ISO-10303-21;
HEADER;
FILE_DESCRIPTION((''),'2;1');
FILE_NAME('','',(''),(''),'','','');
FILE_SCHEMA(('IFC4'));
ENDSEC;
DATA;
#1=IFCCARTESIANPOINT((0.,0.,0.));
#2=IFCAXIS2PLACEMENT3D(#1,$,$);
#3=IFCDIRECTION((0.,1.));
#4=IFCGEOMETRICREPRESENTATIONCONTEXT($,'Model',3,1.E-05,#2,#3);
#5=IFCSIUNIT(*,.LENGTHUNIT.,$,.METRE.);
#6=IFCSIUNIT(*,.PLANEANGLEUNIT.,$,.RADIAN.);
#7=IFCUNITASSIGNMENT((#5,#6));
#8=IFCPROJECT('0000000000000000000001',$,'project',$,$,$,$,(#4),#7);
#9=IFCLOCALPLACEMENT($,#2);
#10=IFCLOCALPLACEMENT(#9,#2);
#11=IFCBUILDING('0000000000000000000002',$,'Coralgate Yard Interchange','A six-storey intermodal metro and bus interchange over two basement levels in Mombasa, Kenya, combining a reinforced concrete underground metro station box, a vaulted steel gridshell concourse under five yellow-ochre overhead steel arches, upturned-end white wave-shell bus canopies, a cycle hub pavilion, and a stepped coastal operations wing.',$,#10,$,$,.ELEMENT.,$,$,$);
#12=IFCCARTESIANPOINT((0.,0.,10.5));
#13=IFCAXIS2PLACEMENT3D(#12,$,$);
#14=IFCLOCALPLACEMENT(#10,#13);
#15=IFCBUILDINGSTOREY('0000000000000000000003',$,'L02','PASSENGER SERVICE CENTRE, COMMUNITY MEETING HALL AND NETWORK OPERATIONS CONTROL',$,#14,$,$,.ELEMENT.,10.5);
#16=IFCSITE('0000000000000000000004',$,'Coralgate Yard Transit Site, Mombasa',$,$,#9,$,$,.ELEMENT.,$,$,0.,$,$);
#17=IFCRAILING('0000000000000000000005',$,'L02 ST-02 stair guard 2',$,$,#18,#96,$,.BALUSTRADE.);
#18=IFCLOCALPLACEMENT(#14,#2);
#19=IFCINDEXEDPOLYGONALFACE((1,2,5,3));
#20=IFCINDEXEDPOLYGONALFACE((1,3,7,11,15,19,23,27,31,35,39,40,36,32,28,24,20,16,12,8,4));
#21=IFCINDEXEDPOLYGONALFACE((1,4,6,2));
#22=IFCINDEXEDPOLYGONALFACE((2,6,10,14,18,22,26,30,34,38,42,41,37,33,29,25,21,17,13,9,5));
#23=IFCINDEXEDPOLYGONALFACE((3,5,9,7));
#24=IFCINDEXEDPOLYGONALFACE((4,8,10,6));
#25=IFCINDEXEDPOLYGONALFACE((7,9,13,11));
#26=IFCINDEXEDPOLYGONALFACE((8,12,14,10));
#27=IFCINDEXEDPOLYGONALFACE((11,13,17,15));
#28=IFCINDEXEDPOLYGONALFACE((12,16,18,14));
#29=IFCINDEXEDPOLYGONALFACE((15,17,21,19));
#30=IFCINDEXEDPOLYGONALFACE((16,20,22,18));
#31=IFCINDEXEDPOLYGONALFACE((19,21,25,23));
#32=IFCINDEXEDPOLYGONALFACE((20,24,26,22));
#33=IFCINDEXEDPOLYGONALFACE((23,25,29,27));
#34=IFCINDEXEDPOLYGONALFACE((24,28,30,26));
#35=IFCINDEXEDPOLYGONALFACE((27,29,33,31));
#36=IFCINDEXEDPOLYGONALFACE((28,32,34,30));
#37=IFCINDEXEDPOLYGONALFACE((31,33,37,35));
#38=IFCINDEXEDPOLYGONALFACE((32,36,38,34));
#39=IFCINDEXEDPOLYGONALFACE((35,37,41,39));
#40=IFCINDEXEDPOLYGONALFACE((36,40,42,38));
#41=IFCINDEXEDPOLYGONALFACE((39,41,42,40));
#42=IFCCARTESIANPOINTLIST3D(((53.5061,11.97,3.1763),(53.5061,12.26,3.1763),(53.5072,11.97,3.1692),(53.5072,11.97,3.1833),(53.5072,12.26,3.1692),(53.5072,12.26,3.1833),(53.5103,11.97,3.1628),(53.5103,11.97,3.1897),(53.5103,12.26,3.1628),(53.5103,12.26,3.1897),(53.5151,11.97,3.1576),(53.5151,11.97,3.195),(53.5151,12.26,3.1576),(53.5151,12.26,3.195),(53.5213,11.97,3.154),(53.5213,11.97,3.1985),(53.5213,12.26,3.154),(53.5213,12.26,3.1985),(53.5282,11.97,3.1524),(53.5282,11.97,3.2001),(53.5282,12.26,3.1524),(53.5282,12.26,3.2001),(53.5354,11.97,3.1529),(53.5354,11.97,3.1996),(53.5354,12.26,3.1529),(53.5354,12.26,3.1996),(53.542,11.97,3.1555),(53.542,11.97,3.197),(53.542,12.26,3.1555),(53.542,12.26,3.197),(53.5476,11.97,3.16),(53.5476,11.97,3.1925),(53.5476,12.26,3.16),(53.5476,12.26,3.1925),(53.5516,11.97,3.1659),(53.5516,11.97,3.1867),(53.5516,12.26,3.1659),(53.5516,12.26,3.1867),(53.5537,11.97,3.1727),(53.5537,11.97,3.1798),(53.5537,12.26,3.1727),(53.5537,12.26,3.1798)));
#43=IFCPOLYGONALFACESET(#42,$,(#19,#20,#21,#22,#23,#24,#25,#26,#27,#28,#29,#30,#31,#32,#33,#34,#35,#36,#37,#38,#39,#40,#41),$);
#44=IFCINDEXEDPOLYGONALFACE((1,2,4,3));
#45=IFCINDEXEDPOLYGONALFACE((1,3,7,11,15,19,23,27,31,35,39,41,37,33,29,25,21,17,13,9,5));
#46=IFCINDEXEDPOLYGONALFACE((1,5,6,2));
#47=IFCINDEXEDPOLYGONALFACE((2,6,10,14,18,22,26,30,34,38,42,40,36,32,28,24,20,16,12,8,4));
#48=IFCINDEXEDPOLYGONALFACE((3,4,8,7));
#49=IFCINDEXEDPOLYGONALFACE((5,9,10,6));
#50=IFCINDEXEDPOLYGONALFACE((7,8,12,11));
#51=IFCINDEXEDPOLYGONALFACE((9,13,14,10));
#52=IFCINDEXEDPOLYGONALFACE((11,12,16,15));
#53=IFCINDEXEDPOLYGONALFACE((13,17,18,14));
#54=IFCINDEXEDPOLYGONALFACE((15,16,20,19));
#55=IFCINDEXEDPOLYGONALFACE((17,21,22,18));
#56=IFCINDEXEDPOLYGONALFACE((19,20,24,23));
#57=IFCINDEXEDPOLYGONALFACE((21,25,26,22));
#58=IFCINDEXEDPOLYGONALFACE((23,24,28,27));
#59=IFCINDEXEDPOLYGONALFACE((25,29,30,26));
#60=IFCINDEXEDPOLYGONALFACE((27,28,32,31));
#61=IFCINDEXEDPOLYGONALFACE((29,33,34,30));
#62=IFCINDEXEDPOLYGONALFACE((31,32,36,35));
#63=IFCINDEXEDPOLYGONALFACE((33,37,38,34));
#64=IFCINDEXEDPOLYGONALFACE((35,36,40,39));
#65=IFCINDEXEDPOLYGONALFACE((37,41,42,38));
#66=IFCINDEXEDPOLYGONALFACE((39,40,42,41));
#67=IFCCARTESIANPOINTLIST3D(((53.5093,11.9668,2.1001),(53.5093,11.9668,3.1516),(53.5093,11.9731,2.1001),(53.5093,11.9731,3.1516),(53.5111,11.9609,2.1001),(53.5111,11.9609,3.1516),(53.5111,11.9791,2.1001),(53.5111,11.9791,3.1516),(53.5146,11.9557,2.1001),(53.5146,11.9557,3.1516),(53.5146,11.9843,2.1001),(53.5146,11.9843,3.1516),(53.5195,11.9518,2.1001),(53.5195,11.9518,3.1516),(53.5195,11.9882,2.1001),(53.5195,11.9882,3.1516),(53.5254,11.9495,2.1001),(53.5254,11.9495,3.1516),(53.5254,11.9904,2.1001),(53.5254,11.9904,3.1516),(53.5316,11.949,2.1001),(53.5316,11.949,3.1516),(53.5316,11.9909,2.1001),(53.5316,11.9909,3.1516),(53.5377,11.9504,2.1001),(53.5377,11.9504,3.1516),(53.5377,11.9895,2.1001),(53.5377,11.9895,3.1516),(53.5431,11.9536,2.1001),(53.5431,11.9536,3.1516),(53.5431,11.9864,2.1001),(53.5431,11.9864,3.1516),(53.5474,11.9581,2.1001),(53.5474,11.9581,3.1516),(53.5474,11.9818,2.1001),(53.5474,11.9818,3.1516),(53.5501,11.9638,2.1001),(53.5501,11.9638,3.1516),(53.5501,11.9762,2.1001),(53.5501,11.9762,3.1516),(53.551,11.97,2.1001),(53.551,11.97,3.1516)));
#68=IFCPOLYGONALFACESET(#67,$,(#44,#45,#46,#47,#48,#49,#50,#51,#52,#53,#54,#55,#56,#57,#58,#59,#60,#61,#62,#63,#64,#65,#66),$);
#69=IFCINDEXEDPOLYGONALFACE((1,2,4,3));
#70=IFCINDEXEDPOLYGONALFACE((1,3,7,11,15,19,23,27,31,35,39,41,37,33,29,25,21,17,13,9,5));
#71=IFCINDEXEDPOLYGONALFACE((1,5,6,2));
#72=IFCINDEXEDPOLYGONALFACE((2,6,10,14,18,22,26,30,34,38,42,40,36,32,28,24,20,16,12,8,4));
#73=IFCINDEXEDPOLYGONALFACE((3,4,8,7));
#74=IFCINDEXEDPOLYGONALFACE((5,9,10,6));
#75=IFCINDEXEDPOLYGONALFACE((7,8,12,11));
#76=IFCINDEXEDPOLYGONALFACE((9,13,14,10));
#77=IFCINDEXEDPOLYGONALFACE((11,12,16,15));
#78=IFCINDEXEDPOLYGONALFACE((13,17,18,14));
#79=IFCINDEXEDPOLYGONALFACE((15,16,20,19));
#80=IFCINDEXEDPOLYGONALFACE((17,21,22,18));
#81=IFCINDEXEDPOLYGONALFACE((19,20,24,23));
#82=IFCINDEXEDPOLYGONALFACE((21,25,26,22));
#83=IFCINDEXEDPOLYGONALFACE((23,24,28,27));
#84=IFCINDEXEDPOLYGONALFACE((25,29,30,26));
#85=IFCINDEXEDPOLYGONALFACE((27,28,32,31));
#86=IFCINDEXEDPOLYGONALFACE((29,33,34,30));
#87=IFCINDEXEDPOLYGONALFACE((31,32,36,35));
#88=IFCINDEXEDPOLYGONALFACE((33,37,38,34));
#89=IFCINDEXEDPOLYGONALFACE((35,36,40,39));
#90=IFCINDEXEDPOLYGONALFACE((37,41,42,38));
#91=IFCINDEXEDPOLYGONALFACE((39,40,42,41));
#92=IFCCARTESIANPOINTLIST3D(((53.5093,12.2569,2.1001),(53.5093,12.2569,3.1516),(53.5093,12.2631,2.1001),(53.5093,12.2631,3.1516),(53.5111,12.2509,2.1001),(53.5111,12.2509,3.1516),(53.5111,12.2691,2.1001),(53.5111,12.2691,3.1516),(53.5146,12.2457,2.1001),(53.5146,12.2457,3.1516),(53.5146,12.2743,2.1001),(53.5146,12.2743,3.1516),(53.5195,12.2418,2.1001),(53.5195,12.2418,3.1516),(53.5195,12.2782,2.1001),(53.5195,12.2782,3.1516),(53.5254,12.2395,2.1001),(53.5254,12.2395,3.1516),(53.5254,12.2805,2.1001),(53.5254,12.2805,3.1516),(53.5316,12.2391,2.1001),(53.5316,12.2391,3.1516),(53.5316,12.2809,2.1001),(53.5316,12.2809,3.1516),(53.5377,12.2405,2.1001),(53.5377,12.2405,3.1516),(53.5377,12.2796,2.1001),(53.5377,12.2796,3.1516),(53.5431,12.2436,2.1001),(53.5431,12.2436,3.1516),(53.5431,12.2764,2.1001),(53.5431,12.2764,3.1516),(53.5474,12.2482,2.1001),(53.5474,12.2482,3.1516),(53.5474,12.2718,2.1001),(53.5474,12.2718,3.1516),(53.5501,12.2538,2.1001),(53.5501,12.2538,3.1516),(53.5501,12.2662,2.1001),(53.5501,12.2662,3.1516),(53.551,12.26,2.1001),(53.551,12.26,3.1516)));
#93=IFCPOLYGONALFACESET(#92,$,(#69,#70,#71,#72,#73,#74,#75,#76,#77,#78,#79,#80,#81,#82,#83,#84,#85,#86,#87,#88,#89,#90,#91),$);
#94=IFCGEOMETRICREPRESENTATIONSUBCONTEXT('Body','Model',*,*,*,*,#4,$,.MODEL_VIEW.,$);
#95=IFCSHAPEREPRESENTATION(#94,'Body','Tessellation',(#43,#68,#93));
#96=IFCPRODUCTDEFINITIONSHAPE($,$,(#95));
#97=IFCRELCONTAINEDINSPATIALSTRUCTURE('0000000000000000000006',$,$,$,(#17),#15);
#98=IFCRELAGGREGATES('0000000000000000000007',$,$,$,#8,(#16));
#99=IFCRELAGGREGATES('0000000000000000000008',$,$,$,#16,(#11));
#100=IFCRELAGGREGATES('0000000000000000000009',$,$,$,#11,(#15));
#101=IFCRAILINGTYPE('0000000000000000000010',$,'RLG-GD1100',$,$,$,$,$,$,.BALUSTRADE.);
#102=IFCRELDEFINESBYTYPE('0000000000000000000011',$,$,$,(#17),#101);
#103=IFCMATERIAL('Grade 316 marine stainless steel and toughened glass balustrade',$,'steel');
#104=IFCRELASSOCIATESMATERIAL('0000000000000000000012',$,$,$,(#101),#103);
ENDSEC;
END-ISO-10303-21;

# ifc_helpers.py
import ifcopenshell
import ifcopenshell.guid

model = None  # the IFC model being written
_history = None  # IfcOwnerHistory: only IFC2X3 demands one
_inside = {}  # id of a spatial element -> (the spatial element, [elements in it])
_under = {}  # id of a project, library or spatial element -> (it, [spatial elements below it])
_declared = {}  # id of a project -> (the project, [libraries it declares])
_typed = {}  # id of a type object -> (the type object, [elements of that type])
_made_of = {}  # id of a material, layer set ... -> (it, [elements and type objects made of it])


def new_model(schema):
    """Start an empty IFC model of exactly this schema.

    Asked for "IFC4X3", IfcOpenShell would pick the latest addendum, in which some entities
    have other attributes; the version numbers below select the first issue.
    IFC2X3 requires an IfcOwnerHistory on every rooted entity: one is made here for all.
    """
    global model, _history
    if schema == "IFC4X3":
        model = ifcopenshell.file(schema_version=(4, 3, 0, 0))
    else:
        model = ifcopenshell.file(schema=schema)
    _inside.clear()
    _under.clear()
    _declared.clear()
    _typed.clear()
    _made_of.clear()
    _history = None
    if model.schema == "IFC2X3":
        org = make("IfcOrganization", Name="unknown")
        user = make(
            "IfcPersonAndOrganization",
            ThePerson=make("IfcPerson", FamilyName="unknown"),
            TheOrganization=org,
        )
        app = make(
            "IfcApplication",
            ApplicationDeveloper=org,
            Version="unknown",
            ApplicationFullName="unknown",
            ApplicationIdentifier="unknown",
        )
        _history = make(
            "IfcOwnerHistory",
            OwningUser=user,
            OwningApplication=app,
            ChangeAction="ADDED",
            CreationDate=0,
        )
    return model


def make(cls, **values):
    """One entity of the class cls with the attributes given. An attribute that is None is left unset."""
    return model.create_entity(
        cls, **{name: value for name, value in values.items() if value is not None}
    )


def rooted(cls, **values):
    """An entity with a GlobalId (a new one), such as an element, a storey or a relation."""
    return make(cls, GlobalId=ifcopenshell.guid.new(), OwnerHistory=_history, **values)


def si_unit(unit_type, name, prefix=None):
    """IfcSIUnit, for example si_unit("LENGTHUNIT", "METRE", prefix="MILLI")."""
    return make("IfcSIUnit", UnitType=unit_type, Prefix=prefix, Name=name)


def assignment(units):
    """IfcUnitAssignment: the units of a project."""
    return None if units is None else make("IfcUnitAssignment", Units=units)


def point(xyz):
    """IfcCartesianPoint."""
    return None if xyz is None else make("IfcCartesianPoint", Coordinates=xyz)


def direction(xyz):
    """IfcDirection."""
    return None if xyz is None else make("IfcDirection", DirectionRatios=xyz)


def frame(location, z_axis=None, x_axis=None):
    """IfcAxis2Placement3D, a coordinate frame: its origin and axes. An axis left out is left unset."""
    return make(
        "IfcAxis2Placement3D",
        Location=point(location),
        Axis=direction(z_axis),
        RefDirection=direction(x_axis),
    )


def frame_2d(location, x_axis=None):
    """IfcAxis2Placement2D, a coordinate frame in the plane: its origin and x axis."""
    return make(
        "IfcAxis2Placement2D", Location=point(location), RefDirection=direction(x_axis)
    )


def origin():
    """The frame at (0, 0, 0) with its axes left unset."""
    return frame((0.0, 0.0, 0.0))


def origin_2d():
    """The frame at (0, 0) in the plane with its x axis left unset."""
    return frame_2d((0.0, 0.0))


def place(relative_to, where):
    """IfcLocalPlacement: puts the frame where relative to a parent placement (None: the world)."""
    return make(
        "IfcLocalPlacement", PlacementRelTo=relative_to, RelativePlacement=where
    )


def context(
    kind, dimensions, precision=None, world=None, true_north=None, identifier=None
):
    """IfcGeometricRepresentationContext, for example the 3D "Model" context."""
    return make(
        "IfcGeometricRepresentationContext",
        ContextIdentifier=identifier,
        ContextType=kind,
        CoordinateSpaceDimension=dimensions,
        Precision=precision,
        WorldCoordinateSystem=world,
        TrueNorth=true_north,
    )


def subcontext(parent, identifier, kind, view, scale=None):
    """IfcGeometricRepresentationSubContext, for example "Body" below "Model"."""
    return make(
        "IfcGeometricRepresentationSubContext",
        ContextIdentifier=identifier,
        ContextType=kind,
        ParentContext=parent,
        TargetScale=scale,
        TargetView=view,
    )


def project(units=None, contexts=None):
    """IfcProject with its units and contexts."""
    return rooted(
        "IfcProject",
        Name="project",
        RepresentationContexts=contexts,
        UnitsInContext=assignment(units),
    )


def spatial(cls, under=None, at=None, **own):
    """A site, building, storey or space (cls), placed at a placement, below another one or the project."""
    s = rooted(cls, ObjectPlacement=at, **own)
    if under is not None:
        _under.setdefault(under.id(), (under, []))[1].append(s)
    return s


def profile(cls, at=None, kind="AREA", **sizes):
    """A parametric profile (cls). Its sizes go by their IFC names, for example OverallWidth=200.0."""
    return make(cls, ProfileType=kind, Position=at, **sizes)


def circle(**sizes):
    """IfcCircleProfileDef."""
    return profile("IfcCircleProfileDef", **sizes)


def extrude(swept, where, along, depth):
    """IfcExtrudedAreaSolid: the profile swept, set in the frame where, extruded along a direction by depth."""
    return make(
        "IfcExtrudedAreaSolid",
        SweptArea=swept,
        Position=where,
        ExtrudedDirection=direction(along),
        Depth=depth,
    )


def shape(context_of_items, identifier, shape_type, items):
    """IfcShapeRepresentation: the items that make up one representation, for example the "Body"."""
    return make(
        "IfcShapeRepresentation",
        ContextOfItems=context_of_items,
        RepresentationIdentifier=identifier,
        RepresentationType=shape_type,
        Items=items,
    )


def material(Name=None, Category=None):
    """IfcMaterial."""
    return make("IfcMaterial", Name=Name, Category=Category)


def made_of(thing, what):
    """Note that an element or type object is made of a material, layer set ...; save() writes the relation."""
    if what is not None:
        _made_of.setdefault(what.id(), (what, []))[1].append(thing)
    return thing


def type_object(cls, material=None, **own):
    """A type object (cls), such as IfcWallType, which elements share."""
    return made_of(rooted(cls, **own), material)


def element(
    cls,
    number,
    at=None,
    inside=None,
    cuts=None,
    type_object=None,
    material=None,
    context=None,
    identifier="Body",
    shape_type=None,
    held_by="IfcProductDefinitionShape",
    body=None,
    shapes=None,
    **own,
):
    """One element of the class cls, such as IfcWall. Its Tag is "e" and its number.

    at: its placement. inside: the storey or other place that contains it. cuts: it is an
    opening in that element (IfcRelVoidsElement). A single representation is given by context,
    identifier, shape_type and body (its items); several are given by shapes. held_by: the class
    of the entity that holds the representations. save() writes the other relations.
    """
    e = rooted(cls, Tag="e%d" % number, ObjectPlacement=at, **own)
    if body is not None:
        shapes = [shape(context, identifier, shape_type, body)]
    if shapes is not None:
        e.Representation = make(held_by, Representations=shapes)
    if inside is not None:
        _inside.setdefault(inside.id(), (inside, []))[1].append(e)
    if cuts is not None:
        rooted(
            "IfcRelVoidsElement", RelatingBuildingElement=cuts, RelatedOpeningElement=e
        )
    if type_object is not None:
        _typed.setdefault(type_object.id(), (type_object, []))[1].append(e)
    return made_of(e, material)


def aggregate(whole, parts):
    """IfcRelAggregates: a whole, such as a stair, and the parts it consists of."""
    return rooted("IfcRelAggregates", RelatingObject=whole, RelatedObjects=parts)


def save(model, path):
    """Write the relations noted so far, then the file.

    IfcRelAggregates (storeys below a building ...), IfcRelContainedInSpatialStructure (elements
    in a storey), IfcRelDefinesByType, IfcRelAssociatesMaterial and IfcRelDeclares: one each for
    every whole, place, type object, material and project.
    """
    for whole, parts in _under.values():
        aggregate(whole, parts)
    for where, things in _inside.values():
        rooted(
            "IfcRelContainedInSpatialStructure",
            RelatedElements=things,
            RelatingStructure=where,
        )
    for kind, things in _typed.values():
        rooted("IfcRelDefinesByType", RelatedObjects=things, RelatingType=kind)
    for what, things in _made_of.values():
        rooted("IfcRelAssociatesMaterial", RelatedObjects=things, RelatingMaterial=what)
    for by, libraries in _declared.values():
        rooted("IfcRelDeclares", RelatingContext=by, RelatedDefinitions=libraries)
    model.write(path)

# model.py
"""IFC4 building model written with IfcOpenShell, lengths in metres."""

from ifc_helpers import new_model, si_unit, direction, frame, origin, origin_2d, place, context, subcontext, project, spatial, circle, extrude, material, type_object, element, save


model = new_model("IFC4")

# Units and contexts
model_context = context("Model", 3, precision=1e-05, world=origin(), true_north=direction((0.0, 1.0)))
body_context = subcontext(model_context, "Body", "Model", "MODEL_VIEW")
ifc_project = project(units=[si_unit("LENGTHUNIT", "METRE"), si_unit("PLANEANGLEUNIT", "RADIAN")], contexts=[model_context])

# Site, building, storey
site_placement = place(None, origin())
site = spatial("IfcSite", under=ifc_project, at=site_placement, Name="Coralgate Yard Transit Site, Mombasa", CompositionType="ELEMENT", RefElevation=0.0)
building_placement = place(site_placement, origin())
building = spatial("IfcBuilding", under=site, at=building_placement, Name="Coralgate Yard Interchange", Description="A six-storey intermodal metro and bus interchange over two basement levels in Mombasa, Kenya, combining a reinforced concrete underground metro station box, a vaulted steel gridshell concourse under five yellow-ochre overhead steel arches, upturned-end white wave-shell bus canopies, a cycle hub pavilion, and a stepped coastal operations wing.", CompositionType="ELEMENT")
storey_placement = place(building_placement, frame((0.0, 0.0, 10.5)))
storey = spatial("IfcBuildingStorey", under=building, at=storey_placement, Name="L02", Description="PASSENGER SERVICE CENTRE, COMMUNITY MEETING HALL AND NETWORK OPERATIONS CONTROL", CompositionType="ELEMENT", Elevation=10.5)

# Railing
ifc_material_1 = material(Name="Grade 316 marine stainless steel and toughened glass balustrade", Category="steel")
railing_type_1 = type_object("IfcRailingType", Name="RLG-GD1100", PredefinedType="BALUSTRADE", material=ifc_material_1)
railing_1_placement = place(storey_placement, frame((53.53, 11.97, 2.1001)))
element("IfcRailing", 1, at=railing_1_placement, inside=storey, type_object=railing_type_1, Name="L02 ST-02 stair guard 2", PredefinedType="BALUSTRADE", context=body_context, shape_type="SweptSolid", body=[
    extrude(circle(Radius=0.0239, at=origin_2d()), frame((0.0, 0.0, 1.0762), z_axis=(0.0, 1.0, 0.0), x_axis=(-1.0, 0.0, 0.0)), (0.0, 0.0, 1.0), 0.29),
    extrude(circle(Radius=0.021, at=origin_2d()), origin(), (0.0, 0.0, 1.0), 1.0515),
    extrude(circle(Radius=0.021, at=origin_2d()), frame((0.0, 0.29, 0.0)), (0.0, 0.0, 1.0), 1.0515),
])

save(model, "model.ifc")
